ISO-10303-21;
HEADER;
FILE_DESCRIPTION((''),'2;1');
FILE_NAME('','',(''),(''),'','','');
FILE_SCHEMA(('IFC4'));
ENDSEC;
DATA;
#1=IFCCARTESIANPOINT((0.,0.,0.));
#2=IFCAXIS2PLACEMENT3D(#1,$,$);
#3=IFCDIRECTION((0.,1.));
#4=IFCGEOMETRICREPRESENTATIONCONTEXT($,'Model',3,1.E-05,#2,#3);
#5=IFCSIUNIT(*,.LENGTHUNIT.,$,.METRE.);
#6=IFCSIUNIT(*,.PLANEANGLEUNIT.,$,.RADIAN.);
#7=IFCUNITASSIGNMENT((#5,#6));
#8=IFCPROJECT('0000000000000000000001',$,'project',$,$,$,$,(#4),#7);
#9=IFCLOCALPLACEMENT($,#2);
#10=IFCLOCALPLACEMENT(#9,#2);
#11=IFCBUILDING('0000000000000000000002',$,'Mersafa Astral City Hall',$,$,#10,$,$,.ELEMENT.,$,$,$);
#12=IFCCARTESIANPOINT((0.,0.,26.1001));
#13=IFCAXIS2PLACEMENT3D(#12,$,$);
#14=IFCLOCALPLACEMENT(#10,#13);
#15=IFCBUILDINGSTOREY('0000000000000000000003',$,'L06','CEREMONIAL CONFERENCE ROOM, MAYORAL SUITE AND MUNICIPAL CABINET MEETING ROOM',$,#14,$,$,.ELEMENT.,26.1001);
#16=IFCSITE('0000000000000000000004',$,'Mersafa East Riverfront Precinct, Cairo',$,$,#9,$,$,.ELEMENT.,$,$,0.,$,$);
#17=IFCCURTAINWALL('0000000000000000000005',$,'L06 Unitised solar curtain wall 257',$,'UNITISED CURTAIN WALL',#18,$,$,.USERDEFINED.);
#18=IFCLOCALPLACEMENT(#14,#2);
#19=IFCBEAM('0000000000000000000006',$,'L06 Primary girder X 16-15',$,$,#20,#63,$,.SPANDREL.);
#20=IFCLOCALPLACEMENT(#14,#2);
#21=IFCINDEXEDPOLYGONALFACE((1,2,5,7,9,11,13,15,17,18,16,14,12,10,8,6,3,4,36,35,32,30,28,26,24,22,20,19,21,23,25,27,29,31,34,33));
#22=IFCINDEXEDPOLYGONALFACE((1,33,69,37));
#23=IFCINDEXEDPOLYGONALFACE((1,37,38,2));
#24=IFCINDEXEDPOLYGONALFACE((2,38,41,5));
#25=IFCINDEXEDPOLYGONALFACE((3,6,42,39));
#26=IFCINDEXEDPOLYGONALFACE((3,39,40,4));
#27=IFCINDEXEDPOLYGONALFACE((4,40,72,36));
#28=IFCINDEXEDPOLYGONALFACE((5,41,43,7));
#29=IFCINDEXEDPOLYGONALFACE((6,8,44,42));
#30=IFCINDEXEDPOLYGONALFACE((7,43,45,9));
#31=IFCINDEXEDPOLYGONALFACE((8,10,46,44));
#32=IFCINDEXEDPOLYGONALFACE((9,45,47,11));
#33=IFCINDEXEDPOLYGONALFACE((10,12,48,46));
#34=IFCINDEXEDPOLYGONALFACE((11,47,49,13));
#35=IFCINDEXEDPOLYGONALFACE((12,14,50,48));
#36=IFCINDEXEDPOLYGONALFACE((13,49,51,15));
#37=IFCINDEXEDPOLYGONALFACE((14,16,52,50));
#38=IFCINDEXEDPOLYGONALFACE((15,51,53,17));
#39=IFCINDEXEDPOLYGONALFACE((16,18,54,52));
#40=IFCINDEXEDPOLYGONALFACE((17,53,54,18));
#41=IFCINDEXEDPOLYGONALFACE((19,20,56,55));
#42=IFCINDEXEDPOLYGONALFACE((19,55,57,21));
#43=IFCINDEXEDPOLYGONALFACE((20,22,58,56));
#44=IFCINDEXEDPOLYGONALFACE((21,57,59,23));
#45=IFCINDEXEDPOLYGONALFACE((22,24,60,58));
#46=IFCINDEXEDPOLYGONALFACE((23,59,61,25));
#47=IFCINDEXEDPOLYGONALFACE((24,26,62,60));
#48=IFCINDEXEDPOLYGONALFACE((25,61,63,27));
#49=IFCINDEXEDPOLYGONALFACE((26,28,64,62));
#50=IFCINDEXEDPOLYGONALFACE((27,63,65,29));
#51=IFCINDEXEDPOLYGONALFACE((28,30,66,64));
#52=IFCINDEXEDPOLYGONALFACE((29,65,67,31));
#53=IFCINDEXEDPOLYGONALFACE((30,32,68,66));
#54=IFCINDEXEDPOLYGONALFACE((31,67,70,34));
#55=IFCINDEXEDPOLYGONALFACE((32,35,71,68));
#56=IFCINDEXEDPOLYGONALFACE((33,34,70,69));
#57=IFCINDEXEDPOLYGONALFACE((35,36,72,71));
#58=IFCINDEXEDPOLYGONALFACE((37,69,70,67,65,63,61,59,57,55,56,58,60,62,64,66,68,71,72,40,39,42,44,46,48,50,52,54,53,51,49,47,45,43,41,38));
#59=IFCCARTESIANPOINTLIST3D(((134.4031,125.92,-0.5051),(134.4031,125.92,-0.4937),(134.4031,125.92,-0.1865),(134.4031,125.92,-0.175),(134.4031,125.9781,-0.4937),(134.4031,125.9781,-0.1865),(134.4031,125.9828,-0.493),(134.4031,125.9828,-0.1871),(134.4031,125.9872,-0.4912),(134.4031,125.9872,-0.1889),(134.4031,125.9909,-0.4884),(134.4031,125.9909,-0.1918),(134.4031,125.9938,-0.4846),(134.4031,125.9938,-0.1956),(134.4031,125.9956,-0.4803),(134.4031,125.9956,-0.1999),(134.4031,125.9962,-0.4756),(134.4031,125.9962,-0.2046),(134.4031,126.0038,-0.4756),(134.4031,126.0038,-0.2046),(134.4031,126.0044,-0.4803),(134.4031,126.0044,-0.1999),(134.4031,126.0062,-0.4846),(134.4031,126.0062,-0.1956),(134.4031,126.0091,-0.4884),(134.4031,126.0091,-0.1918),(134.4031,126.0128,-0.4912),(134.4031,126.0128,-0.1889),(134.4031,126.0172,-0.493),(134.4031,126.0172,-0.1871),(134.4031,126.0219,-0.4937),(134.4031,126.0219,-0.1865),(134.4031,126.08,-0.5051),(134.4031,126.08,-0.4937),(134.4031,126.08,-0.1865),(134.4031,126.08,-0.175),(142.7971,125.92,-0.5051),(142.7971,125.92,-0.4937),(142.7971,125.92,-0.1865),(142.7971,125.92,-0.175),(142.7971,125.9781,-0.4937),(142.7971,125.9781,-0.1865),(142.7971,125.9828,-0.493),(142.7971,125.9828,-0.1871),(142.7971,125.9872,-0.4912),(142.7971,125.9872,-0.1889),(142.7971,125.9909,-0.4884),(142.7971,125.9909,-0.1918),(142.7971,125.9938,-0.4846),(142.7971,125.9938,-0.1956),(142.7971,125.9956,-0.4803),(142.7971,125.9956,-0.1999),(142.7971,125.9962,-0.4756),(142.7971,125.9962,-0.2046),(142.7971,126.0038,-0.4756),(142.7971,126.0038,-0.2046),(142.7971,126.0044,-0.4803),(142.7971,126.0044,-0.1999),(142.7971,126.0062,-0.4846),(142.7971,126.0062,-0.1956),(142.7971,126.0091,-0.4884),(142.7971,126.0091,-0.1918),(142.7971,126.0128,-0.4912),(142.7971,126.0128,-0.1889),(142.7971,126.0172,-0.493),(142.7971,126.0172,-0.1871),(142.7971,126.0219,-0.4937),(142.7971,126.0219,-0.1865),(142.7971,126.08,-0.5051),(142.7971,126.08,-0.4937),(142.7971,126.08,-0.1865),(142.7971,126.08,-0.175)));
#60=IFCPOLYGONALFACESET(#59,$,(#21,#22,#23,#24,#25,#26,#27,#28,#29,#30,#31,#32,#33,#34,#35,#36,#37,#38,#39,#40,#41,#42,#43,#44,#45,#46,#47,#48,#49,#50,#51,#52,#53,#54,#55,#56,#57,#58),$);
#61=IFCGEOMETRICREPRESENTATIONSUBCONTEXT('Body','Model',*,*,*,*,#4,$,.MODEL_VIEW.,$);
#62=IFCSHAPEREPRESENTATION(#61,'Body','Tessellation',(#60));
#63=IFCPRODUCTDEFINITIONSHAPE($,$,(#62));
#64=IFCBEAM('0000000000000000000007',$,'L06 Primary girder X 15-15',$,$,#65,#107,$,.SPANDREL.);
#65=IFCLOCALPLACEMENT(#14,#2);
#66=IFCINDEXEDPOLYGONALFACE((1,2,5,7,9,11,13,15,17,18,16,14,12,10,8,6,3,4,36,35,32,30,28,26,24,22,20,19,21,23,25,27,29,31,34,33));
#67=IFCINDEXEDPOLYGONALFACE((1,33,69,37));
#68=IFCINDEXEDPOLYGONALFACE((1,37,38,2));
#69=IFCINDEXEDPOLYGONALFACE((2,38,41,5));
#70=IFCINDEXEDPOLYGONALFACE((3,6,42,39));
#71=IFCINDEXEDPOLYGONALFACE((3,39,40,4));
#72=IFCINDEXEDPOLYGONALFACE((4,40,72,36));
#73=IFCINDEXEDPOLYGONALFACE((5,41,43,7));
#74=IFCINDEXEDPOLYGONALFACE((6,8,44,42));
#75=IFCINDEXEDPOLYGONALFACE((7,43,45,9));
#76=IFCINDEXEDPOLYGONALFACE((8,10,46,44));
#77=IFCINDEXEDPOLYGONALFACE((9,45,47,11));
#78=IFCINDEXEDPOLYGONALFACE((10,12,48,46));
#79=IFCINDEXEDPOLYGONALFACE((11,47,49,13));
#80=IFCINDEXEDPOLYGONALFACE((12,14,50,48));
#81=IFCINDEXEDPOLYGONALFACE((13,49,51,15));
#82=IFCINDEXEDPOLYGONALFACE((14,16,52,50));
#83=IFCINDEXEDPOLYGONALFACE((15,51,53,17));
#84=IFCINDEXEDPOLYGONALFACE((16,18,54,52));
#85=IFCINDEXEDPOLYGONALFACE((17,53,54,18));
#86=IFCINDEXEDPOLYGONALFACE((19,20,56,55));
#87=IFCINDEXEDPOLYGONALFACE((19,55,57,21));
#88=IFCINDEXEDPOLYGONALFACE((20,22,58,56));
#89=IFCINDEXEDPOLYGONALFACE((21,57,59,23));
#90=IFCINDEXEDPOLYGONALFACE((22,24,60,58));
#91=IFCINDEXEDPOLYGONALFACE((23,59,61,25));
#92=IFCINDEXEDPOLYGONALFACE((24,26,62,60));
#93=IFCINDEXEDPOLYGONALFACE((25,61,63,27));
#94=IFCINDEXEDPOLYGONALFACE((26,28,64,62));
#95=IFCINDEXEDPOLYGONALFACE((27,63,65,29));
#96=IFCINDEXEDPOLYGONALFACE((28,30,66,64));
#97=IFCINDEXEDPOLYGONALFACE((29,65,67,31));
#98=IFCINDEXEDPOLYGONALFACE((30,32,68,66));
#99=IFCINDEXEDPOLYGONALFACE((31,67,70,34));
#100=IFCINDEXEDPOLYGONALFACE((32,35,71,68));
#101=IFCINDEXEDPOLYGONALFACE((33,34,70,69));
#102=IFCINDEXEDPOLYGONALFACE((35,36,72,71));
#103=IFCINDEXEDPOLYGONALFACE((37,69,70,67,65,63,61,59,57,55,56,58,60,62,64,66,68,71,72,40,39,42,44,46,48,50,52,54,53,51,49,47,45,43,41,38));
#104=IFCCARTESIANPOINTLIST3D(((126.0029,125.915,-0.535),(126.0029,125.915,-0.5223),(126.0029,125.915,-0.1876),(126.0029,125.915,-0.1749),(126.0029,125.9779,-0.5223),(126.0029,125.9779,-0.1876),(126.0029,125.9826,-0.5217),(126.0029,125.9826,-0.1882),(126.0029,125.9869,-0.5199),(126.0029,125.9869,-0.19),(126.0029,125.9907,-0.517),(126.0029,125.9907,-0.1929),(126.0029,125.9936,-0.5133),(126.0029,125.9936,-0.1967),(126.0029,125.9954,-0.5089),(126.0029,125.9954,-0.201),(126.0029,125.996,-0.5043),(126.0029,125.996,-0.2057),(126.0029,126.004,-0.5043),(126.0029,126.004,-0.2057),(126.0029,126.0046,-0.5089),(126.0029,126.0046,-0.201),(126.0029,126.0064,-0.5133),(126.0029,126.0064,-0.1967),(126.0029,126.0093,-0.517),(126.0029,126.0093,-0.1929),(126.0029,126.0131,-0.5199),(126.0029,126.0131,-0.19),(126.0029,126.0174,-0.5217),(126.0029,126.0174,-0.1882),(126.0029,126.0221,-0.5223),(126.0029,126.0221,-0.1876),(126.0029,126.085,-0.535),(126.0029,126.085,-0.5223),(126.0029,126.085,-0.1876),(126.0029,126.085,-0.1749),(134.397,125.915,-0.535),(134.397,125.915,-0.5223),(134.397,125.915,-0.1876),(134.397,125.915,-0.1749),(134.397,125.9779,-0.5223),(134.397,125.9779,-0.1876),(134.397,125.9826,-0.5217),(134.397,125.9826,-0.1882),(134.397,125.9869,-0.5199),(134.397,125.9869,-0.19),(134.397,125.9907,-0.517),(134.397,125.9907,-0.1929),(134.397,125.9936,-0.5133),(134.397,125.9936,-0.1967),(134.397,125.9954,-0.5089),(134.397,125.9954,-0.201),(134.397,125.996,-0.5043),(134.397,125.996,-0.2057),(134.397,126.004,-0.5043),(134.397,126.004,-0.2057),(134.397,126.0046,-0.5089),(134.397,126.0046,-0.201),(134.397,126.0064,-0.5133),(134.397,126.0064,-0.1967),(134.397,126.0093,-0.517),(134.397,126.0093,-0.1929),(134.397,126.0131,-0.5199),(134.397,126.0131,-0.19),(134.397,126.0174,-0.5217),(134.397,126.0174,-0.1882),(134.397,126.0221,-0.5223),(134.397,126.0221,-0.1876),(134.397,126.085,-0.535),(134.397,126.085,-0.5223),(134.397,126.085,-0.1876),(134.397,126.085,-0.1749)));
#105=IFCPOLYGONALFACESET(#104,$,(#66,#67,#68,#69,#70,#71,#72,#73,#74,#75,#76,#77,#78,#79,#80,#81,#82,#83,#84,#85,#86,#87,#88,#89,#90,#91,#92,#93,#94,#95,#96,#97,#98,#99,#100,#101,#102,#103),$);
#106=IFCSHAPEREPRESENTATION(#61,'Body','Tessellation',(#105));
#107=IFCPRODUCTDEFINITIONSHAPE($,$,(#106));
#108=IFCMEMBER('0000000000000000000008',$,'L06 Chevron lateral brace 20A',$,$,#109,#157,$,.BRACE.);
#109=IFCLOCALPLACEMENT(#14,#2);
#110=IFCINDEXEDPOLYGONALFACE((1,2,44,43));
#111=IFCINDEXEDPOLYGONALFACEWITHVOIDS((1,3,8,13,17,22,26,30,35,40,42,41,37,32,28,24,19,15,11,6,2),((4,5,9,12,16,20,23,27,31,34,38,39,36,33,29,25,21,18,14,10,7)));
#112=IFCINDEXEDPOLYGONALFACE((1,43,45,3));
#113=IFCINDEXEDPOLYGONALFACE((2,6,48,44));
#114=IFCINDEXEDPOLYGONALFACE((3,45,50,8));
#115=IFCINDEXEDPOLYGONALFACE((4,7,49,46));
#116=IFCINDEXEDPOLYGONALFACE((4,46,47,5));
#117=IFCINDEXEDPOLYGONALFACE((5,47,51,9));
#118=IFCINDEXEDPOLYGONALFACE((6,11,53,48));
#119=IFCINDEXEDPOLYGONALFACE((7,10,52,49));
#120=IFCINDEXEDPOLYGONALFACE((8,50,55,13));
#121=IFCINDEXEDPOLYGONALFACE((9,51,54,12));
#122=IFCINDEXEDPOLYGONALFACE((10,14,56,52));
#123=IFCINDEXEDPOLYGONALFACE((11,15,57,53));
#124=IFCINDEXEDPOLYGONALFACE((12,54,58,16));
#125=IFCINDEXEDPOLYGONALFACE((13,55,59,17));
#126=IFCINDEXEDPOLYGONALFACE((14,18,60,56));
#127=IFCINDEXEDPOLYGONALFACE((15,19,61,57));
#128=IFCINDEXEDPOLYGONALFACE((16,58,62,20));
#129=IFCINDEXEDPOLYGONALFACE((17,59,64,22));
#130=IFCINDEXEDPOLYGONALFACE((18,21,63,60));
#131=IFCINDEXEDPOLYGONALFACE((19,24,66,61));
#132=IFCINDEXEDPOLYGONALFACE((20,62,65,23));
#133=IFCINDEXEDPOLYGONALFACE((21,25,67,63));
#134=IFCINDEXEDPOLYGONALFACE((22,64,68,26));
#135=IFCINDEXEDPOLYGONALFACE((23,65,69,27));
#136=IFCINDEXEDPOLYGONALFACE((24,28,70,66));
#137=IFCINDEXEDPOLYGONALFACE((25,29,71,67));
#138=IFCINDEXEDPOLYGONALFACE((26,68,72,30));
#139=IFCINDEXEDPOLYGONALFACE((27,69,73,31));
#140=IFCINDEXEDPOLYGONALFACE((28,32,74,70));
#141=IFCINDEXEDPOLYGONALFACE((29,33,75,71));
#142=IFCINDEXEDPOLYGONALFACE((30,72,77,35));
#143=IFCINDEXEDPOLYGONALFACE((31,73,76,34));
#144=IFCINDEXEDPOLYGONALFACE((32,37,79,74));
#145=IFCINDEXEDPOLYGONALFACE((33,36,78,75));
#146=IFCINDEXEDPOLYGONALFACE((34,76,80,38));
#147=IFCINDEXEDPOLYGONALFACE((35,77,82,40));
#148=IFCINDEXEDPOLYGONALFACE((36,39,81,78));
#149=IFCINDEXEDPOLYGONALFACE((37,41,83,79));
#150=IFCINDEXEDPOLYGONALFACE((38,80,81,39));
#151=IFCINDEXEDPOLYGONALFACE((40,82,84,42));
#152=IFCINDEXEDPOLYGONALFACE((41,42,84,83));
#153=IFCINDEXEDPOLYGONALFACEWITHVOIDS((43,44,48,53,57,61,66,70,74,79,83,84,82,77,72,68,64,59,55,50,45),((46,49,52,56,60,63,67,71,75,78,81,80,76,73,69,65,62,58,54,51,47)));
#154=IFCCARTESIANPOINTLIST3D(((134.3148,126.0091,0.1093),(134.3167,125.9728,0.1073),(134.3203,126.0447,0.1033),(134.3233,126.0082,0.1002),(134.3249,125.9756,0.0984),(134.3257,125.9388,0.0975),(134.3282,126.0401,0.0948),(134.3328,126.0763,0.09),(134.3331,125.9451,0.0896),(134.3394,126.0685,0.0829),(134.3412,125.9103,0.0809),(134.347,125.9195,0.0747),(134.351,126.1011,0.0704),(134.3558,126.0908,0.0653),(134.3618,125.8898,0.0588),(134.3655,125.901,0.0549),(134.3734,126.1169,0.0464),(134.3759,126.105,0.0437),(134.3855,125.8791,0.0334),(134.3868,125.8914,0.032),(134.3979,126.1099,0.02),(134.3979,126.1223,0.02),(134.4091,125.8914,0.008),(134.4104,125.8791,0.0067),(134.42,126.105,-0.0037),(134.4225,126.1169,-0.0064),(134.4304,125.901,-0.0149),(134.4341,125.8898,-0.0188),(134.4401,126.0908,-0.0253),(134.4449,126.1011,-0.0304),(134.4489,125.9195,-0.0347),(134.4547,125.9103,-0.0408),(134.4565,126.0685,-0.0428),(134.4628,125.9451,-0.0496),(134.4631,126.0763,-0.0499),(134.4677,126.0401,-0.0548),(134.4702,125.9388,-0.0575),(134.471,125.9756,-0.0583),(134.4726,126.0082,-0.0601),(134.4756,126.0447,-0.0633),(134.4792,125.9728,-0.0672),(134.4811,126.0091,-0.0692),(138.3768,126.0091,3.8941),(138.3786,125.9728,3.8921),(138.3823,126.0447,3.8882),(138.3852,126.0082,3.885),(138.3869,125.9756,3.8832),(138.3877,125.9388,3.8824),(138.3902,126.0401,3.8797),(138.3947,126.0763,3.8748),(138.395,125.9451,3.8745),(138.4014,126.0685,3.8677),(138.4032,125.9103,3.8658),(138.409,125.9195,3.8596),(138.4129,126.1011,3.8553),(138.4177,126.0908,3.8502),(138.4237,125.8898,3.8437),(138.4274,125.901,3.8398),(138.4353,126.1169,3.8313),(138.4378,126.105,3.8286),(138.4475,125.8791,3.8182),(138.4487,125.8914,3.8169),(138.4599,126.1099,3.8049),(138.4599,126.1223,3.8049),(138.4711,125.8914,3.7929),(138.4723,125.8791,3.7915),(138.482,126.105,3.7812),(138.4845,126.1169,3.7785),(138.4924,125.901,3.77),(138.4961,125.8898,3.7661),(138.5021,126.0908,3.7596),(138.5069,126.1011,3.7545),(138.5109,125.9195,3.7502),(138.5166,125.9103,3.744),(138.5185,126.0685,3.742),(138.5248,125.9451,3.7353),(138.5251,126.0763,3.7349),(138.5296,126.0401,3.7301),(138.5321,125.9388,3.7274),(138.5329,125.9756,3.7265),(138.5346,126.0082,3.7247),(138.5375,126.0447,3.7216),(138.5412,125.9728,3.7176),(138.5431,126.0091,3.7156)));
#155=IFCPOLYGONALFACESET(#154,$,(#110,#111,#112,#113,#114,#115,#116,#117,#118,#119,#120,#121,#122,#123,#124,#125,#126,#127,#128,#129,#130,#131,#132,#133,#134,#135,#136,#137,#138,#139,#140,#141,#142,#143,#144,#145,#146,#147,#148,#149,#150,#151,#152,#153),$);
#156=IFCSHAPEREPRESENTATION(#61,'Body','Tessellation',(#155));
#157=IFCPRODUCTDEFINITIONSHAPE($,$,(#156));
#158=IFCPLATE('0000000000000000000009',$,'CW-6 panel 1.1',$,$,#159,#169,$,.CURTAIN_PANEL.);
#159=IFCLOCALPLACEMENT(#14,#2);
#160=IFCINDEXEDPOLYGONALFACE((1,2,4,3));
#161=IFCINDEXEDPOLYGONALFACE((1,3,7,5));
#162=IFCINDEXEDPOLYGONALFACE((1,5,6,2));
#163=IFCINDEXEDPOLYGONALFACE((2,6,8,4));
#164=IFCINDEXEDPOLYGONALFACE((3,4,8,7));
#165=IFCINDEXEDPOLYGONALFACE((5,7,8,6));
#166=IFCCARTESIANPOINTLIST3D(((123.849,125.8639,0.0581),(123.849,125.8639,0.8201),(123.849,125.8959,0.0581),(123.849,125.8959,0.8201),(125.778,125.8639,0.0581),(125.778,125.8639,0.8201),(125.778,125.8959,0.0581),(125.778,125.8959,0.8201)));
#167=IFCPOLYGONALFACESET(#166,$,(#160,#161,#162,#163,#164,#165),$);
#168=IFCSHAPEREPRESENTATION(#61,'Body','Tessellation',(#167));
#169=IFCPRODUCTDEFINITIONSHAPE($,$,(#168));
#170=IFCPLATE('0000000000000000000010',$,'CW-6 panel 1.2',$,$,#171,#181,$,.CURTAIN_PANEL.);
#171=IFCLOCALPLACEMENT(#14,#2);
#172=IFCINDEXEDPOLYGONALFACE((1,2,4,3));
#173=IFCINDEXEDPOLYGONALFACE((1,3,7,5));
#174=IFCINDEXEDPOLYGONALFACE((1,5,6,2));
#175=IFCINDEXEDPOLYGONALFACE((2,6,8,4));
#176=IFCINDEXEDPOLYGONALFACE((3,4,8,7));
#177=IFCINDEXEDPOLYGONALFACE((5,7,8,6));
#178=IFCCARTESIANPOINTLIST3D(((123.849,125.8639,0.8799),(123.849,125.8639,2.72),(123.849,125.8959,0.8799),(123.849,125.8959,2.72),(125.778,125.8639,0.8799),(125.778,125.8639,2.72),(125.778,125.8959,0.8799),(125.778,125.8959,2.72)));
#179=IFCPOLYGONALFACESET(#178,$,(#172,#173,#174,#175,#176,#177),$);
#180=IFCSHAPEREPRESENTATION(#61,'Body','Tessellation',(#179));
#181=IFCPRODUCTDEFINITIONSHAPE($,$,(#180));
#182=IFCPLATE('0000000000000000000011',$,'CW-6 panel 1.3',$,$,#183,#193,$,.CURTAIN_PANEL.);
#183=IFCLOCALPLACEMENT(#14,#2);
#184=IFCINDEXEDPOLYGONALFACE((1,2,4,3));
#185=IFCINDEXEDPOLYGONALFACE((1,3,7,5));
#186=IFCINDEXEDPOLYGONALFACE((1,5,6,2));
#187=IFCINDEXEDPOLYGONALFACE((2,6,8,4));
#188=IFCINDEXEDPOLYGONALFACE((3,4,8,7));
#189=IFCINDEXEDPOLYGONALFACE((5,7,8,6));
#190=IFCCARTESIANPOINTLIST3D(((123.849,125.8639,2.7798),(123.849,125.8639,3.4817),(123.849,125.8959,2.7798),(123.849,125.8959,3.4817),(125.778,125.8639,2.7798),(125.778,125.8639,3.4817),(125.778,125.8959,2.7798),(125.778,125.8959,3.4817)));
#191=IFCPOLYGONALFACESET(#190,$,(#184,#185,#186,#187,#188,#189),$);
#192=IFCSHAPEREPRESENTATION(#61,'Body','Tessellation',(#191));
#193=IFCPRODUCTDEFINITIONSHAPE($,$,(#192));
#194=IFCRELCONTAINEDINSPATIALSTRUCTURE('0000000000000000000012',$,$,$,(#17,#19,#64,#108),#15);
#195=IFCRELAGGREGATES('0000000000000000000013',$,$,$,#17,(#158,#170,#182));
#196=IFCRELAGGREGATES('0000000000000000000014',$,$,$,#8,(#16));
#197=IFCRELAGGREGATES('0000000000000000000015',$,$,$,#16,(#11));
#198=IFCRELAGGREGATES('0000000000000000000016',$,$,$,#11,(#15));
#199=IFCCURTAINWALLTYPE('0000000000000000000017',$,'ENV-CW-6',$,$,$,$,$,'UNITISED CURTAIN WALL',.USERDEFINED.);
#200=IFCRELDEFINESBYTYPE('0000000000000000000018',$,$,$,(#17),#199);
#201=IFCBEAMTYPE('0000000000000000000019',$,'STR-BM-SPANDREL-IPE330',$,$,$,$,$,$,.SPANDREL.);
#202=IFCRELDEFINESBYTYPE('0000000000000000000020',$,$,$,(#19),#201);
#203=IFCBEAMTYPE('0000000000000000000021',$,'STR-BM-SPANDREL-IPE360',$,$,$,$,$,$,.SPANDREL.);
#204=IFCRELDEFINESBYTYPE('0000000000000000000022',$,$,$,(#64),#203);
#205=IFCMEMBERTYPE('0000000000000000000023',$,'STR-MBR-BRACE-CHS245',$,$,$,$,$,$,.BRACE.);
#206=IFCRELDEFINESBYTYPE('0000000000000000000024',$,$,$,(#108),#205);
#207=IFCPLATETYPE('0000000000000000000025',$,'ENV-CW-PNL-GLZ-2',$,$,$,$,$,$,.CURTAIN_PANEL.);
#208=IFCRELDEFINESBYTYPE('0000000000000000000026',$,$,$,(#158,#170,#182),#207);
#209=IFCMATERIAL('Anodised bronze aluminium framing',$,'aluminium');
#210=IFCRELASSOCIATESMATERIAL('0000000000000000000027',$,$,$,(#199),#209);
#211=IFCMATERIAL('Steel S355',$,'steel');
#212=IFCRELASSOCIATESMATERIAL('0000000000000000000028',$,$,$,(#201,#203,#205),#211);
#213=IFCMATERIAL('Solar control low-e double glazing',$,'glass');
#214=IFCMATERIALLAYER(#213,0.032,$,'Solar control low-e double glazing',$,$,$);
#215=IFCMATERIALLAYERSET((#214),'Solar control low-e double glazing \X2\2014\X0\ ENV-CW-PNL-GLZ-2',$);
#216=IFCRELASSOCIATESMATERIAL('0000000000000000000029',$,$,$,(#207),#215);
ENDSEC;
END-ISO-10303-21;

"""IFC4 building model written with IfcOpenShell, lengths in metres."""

from ifc_helpers import new_model, si_unit, direction, frame, origin, origin_2d, place, context, subcontext, project, spatial, rectangle, hollow_circle, i_section, extrude, material, layer, layer_set, material_profile, profile_set, type_object, element, aggregate, save


model = new_model("IFC4")

# Units and contexts
model_context = context("Model", 3, precision=1e-05, world=origin(), true_north=direction((0.0, 1.0)))
body_context = subcontext(model_context, "Body", "Model", "MODEL_VIEW")
ifc_project = project(units=[si_unit("LENGTHUNIT", "METRE"), si_unit("PLANEANGLEUNIT", "RADIAN")], contexts=[model_context])

# Site, building, storey
site_placement = place(None, origin())
site = spatial("IfcSite", under=ifc_project, at=site_placement, Name="Mersafa East Riverfront Precinct, Cairo", CompositionType="ELEMENT", RefElevation=0.0)
building_placement = place(site_placement, origin())
building = spatial("IfcBuilding", under=site, at=building_placement, Name="Mersafa Astral City Hall", CompositionType="ELEMENT")
storey_placement = place(building_placement, frame((0.0, 0.0, 26.1001)))
storey = spatial("IfcBuildingStorey", under=building, at=storey_placement, Name="L06", Description="CEREMONIAL CONFERENCE ROOM, MAYORAL SUITE AND MUNICIPAL CABINET MEETING ROOM", CompositionType="ELEMENT", Elevation=26.1001)

# Shared definitions
ifc_material_1 = material(Name="Steel S355", Category="steel")

# Curtain wall
ifc_material_2 = material(Name="Anodised bronze aluminium framing", Category="aluminium")
curtain_wall_type = type_object("IfcCurtainWallType", Name="ENV-CW-6", ElementType="UNITISED CURTAIN WALL", PredefinedType="USERDEFINED", material=ifc_material_2)
curtain_wall_placement = place(storey_placement, origin())
curtain_wall = element("IfcCurtainWall", 1, at=curtain_wall_placement, inside=storey, type_object=curtain_wall_type, Name="L06 Unitised solar curtain wall 257", ObjectType="UNITISED CURTAIN WALL", PredefinedType="USERDEFINED")

# Beams
ifc_material_profile_1 = material_profile(ifc_material_1, i_section(OverallWidth=0.1599, OverallDepth=0.3301, WebThickness=0.0076, FlangeThickness=0.0115, FilletRadius=0.0181, at=origin_2d()), Name="IPE 330")
ifc_profile_set_1 = profile_set([ifc_material_profile_1], Name="Steel S355")
beam_type_1 = type_object("IfcBeamType", Name="STR-BM-SPANDREL-IPE330", PredefinedType="SPANDREL", material=ifc_profile_set_1)
beam_1_placement = place(storey_placement, frame((134.4031, 126.0, -0.3401), z_axis=(1.0, 0.0, 0.0), x_axis=(0.0, 1.0, 0.0)))
element("IfcBeam", 2, at=beam_1_placement, inside=storey, type_object=beam_type_1, Name="L06 Primary girder X 16-15", PredefinedType="SPANDREL", context=body_context, shape_type="SweptSolid", body=[
    extrude(i_section(OverallWidth=0.1599, OverallDepth=0.3301, WebThickness=0.0076, FlangeThickness=0.0115, FilletRadius=0.0181, at=origin_2d()), origin(), (0.0, 0.0, 1.0), 8.394),
])
ifc_material_profile_2 = material_profile(ifc_material_1, i_section(OverallWidth=0.1699, OverallDepth=0.3601, WebThickness=0.0081, FlangeThickness=0.0127, FilletRadius=0.0181, at=origin_2d()), Name="IPE 360")
ifc_profile_set_2 = profile_set([ifc_material_profile_2], Name="Steel S355")
beam_type_2 = type_object("IfcBeamType", Name="STR-BM-SPANDREL-IPE360", PredefinedType="SPANDREL", material=ifc_profile_set_2)
beam_2_placement = place(storey_placement, frame((126.0029, 126.0, -0.355), z_axis=(1.0, 0.0, 0.0), x_axis=(0.0, 1.0, 0.0)))
element("IfcBeam", 3, at=beam_2_placement, inside=storey, type_object=beam_type_2, Name="L06 Primary girder X 15-15", PredefinedType="SPANDREL", context=body_context, shape_type="SweptSolid", body=[
    extrude(i_section(OverallWidth=0.1699, OverallDepth=0.3601, WebThickness=0.0081, FlangeThickness=0.0127, FilletRadius=0.0181, at=origin_2d()), origin(), (0.0, 0.0, 1.0), 8.394),
])

# Member
ifc_material_profile_3 = material_profile(ifc_material_1, hollow_circle(Radius=0.1223, WallThickness=0.0125, at=origin_2d()), Name="CHS 244.5x12.5")
ifc_profile_set_3 = profile_set([ifc_material_profile_3], Name="Steel S355")
member_type_1 = type_object("IfcMemberType", Name="STR-MBR-BRACE-CHS245", PredefinedType="BRACE", material=ifc_profile_set_3)
member_1_placement = place(storey_placement, frame((134.3979, 126.0, 0.02), z_axis=(0.731621, 0.0, 0.681712), x_axis=(0.0, 1.0, 0.0)))
element("IfcMember", 4, at=member_1_placement, inside=storey, type_object=member_type_1, Name="L06 Chevron lateral brace 20A", PredefinedType="BRACE", context=body_context, shape_type="SweptSolid", body=[
    extrude(hollow_circle(Radius=0.1223, WallThickness=0.0125, at=origin_2d()), origin(), (0.0, 0.0, 1.0), 5.552),
])

# Plates
ifc_material_3 = material(Name="Solar control low-e double glazing", Category="glass")
ifc_layer_1 = layer(ifc_material_3, 0.032, Name="Solar control low-e double glazing")
ifc_layer_set_1 = layer_set([ifc_layer_1], Name="Solar control low-e double glazing — ENV-CW-PNL-GLZ-2")
plate_type_1 = type_object("IfcPlateType", Name="ENV-CW-PNL-GLZ-2", PredefinedType="CURTAIN_PANEL", material=ifc_layer_set_1)
plate_1_placement = place(storey_placement, frame((124.8135, 125.8799, 0.0581), z_axis=(0.0, 0.0, 1.0), x_axis=(-1.0, 0.0, 0.0)))
plate_1 = element("IfcPlate", 5, at=plate_1_placement, type_object=plate_type_1, Name="CW-6 panel 1.1", PredefinedType="CURTAIN_PANEL", context=body_context, shape_type="SweptSolid", body=[
    extrude(rectangle(XDim=1.929, YDim=0.032, at=origin_2d()), origin(), (0.0, 0.0, 1.0), 0.762),
])
plate_2_placement = place(storey_placement, frame((124.8135, 125.8799, 0.8799), z_axis=(0.0, 0.0, 1.0), x_axis=(-1.0, 0.0, 0.0)))
plate_2 = element("IfcPlate", 6, at=plate_2_placement, type_object=plate_type_1, Name="CW-6 panel 1.2", PredefinedType="CURTAIN_PANEL", context=body_context, shape_type="SweptSolid", body=[
    extrude(rectangle(XDim=1.929, YDim=0.032, at=origin_2d()), origin(), (0.0, 0.0, 1.0), 1.8401),
])
plate_3_placement = place(storey_placement, frame((124.8135, 125.8799, 2.7798), z_axis=(0.0, 0.0, 1.0), x_axis=(-1.0, 0.0, 0.0)))
plate_3 = element("IfcPlate", 7, at=plate_3_placement, type_object=plate_type_1, Name="CW-6 panel 1.3", PredefinedType="CURTAIN_PANEL", context=body_context, shape_type="SweptSolid", body=[
    extrude(rectangle(XDim=1.929, YDim=0.032, at=origin_2d()), origin(), (0.0, 0.0, 1.0), 0.7019),
])
aggregate(curtain_wall, [plate_1, plate_2, plate_3])

save(model, "model.ifc")
